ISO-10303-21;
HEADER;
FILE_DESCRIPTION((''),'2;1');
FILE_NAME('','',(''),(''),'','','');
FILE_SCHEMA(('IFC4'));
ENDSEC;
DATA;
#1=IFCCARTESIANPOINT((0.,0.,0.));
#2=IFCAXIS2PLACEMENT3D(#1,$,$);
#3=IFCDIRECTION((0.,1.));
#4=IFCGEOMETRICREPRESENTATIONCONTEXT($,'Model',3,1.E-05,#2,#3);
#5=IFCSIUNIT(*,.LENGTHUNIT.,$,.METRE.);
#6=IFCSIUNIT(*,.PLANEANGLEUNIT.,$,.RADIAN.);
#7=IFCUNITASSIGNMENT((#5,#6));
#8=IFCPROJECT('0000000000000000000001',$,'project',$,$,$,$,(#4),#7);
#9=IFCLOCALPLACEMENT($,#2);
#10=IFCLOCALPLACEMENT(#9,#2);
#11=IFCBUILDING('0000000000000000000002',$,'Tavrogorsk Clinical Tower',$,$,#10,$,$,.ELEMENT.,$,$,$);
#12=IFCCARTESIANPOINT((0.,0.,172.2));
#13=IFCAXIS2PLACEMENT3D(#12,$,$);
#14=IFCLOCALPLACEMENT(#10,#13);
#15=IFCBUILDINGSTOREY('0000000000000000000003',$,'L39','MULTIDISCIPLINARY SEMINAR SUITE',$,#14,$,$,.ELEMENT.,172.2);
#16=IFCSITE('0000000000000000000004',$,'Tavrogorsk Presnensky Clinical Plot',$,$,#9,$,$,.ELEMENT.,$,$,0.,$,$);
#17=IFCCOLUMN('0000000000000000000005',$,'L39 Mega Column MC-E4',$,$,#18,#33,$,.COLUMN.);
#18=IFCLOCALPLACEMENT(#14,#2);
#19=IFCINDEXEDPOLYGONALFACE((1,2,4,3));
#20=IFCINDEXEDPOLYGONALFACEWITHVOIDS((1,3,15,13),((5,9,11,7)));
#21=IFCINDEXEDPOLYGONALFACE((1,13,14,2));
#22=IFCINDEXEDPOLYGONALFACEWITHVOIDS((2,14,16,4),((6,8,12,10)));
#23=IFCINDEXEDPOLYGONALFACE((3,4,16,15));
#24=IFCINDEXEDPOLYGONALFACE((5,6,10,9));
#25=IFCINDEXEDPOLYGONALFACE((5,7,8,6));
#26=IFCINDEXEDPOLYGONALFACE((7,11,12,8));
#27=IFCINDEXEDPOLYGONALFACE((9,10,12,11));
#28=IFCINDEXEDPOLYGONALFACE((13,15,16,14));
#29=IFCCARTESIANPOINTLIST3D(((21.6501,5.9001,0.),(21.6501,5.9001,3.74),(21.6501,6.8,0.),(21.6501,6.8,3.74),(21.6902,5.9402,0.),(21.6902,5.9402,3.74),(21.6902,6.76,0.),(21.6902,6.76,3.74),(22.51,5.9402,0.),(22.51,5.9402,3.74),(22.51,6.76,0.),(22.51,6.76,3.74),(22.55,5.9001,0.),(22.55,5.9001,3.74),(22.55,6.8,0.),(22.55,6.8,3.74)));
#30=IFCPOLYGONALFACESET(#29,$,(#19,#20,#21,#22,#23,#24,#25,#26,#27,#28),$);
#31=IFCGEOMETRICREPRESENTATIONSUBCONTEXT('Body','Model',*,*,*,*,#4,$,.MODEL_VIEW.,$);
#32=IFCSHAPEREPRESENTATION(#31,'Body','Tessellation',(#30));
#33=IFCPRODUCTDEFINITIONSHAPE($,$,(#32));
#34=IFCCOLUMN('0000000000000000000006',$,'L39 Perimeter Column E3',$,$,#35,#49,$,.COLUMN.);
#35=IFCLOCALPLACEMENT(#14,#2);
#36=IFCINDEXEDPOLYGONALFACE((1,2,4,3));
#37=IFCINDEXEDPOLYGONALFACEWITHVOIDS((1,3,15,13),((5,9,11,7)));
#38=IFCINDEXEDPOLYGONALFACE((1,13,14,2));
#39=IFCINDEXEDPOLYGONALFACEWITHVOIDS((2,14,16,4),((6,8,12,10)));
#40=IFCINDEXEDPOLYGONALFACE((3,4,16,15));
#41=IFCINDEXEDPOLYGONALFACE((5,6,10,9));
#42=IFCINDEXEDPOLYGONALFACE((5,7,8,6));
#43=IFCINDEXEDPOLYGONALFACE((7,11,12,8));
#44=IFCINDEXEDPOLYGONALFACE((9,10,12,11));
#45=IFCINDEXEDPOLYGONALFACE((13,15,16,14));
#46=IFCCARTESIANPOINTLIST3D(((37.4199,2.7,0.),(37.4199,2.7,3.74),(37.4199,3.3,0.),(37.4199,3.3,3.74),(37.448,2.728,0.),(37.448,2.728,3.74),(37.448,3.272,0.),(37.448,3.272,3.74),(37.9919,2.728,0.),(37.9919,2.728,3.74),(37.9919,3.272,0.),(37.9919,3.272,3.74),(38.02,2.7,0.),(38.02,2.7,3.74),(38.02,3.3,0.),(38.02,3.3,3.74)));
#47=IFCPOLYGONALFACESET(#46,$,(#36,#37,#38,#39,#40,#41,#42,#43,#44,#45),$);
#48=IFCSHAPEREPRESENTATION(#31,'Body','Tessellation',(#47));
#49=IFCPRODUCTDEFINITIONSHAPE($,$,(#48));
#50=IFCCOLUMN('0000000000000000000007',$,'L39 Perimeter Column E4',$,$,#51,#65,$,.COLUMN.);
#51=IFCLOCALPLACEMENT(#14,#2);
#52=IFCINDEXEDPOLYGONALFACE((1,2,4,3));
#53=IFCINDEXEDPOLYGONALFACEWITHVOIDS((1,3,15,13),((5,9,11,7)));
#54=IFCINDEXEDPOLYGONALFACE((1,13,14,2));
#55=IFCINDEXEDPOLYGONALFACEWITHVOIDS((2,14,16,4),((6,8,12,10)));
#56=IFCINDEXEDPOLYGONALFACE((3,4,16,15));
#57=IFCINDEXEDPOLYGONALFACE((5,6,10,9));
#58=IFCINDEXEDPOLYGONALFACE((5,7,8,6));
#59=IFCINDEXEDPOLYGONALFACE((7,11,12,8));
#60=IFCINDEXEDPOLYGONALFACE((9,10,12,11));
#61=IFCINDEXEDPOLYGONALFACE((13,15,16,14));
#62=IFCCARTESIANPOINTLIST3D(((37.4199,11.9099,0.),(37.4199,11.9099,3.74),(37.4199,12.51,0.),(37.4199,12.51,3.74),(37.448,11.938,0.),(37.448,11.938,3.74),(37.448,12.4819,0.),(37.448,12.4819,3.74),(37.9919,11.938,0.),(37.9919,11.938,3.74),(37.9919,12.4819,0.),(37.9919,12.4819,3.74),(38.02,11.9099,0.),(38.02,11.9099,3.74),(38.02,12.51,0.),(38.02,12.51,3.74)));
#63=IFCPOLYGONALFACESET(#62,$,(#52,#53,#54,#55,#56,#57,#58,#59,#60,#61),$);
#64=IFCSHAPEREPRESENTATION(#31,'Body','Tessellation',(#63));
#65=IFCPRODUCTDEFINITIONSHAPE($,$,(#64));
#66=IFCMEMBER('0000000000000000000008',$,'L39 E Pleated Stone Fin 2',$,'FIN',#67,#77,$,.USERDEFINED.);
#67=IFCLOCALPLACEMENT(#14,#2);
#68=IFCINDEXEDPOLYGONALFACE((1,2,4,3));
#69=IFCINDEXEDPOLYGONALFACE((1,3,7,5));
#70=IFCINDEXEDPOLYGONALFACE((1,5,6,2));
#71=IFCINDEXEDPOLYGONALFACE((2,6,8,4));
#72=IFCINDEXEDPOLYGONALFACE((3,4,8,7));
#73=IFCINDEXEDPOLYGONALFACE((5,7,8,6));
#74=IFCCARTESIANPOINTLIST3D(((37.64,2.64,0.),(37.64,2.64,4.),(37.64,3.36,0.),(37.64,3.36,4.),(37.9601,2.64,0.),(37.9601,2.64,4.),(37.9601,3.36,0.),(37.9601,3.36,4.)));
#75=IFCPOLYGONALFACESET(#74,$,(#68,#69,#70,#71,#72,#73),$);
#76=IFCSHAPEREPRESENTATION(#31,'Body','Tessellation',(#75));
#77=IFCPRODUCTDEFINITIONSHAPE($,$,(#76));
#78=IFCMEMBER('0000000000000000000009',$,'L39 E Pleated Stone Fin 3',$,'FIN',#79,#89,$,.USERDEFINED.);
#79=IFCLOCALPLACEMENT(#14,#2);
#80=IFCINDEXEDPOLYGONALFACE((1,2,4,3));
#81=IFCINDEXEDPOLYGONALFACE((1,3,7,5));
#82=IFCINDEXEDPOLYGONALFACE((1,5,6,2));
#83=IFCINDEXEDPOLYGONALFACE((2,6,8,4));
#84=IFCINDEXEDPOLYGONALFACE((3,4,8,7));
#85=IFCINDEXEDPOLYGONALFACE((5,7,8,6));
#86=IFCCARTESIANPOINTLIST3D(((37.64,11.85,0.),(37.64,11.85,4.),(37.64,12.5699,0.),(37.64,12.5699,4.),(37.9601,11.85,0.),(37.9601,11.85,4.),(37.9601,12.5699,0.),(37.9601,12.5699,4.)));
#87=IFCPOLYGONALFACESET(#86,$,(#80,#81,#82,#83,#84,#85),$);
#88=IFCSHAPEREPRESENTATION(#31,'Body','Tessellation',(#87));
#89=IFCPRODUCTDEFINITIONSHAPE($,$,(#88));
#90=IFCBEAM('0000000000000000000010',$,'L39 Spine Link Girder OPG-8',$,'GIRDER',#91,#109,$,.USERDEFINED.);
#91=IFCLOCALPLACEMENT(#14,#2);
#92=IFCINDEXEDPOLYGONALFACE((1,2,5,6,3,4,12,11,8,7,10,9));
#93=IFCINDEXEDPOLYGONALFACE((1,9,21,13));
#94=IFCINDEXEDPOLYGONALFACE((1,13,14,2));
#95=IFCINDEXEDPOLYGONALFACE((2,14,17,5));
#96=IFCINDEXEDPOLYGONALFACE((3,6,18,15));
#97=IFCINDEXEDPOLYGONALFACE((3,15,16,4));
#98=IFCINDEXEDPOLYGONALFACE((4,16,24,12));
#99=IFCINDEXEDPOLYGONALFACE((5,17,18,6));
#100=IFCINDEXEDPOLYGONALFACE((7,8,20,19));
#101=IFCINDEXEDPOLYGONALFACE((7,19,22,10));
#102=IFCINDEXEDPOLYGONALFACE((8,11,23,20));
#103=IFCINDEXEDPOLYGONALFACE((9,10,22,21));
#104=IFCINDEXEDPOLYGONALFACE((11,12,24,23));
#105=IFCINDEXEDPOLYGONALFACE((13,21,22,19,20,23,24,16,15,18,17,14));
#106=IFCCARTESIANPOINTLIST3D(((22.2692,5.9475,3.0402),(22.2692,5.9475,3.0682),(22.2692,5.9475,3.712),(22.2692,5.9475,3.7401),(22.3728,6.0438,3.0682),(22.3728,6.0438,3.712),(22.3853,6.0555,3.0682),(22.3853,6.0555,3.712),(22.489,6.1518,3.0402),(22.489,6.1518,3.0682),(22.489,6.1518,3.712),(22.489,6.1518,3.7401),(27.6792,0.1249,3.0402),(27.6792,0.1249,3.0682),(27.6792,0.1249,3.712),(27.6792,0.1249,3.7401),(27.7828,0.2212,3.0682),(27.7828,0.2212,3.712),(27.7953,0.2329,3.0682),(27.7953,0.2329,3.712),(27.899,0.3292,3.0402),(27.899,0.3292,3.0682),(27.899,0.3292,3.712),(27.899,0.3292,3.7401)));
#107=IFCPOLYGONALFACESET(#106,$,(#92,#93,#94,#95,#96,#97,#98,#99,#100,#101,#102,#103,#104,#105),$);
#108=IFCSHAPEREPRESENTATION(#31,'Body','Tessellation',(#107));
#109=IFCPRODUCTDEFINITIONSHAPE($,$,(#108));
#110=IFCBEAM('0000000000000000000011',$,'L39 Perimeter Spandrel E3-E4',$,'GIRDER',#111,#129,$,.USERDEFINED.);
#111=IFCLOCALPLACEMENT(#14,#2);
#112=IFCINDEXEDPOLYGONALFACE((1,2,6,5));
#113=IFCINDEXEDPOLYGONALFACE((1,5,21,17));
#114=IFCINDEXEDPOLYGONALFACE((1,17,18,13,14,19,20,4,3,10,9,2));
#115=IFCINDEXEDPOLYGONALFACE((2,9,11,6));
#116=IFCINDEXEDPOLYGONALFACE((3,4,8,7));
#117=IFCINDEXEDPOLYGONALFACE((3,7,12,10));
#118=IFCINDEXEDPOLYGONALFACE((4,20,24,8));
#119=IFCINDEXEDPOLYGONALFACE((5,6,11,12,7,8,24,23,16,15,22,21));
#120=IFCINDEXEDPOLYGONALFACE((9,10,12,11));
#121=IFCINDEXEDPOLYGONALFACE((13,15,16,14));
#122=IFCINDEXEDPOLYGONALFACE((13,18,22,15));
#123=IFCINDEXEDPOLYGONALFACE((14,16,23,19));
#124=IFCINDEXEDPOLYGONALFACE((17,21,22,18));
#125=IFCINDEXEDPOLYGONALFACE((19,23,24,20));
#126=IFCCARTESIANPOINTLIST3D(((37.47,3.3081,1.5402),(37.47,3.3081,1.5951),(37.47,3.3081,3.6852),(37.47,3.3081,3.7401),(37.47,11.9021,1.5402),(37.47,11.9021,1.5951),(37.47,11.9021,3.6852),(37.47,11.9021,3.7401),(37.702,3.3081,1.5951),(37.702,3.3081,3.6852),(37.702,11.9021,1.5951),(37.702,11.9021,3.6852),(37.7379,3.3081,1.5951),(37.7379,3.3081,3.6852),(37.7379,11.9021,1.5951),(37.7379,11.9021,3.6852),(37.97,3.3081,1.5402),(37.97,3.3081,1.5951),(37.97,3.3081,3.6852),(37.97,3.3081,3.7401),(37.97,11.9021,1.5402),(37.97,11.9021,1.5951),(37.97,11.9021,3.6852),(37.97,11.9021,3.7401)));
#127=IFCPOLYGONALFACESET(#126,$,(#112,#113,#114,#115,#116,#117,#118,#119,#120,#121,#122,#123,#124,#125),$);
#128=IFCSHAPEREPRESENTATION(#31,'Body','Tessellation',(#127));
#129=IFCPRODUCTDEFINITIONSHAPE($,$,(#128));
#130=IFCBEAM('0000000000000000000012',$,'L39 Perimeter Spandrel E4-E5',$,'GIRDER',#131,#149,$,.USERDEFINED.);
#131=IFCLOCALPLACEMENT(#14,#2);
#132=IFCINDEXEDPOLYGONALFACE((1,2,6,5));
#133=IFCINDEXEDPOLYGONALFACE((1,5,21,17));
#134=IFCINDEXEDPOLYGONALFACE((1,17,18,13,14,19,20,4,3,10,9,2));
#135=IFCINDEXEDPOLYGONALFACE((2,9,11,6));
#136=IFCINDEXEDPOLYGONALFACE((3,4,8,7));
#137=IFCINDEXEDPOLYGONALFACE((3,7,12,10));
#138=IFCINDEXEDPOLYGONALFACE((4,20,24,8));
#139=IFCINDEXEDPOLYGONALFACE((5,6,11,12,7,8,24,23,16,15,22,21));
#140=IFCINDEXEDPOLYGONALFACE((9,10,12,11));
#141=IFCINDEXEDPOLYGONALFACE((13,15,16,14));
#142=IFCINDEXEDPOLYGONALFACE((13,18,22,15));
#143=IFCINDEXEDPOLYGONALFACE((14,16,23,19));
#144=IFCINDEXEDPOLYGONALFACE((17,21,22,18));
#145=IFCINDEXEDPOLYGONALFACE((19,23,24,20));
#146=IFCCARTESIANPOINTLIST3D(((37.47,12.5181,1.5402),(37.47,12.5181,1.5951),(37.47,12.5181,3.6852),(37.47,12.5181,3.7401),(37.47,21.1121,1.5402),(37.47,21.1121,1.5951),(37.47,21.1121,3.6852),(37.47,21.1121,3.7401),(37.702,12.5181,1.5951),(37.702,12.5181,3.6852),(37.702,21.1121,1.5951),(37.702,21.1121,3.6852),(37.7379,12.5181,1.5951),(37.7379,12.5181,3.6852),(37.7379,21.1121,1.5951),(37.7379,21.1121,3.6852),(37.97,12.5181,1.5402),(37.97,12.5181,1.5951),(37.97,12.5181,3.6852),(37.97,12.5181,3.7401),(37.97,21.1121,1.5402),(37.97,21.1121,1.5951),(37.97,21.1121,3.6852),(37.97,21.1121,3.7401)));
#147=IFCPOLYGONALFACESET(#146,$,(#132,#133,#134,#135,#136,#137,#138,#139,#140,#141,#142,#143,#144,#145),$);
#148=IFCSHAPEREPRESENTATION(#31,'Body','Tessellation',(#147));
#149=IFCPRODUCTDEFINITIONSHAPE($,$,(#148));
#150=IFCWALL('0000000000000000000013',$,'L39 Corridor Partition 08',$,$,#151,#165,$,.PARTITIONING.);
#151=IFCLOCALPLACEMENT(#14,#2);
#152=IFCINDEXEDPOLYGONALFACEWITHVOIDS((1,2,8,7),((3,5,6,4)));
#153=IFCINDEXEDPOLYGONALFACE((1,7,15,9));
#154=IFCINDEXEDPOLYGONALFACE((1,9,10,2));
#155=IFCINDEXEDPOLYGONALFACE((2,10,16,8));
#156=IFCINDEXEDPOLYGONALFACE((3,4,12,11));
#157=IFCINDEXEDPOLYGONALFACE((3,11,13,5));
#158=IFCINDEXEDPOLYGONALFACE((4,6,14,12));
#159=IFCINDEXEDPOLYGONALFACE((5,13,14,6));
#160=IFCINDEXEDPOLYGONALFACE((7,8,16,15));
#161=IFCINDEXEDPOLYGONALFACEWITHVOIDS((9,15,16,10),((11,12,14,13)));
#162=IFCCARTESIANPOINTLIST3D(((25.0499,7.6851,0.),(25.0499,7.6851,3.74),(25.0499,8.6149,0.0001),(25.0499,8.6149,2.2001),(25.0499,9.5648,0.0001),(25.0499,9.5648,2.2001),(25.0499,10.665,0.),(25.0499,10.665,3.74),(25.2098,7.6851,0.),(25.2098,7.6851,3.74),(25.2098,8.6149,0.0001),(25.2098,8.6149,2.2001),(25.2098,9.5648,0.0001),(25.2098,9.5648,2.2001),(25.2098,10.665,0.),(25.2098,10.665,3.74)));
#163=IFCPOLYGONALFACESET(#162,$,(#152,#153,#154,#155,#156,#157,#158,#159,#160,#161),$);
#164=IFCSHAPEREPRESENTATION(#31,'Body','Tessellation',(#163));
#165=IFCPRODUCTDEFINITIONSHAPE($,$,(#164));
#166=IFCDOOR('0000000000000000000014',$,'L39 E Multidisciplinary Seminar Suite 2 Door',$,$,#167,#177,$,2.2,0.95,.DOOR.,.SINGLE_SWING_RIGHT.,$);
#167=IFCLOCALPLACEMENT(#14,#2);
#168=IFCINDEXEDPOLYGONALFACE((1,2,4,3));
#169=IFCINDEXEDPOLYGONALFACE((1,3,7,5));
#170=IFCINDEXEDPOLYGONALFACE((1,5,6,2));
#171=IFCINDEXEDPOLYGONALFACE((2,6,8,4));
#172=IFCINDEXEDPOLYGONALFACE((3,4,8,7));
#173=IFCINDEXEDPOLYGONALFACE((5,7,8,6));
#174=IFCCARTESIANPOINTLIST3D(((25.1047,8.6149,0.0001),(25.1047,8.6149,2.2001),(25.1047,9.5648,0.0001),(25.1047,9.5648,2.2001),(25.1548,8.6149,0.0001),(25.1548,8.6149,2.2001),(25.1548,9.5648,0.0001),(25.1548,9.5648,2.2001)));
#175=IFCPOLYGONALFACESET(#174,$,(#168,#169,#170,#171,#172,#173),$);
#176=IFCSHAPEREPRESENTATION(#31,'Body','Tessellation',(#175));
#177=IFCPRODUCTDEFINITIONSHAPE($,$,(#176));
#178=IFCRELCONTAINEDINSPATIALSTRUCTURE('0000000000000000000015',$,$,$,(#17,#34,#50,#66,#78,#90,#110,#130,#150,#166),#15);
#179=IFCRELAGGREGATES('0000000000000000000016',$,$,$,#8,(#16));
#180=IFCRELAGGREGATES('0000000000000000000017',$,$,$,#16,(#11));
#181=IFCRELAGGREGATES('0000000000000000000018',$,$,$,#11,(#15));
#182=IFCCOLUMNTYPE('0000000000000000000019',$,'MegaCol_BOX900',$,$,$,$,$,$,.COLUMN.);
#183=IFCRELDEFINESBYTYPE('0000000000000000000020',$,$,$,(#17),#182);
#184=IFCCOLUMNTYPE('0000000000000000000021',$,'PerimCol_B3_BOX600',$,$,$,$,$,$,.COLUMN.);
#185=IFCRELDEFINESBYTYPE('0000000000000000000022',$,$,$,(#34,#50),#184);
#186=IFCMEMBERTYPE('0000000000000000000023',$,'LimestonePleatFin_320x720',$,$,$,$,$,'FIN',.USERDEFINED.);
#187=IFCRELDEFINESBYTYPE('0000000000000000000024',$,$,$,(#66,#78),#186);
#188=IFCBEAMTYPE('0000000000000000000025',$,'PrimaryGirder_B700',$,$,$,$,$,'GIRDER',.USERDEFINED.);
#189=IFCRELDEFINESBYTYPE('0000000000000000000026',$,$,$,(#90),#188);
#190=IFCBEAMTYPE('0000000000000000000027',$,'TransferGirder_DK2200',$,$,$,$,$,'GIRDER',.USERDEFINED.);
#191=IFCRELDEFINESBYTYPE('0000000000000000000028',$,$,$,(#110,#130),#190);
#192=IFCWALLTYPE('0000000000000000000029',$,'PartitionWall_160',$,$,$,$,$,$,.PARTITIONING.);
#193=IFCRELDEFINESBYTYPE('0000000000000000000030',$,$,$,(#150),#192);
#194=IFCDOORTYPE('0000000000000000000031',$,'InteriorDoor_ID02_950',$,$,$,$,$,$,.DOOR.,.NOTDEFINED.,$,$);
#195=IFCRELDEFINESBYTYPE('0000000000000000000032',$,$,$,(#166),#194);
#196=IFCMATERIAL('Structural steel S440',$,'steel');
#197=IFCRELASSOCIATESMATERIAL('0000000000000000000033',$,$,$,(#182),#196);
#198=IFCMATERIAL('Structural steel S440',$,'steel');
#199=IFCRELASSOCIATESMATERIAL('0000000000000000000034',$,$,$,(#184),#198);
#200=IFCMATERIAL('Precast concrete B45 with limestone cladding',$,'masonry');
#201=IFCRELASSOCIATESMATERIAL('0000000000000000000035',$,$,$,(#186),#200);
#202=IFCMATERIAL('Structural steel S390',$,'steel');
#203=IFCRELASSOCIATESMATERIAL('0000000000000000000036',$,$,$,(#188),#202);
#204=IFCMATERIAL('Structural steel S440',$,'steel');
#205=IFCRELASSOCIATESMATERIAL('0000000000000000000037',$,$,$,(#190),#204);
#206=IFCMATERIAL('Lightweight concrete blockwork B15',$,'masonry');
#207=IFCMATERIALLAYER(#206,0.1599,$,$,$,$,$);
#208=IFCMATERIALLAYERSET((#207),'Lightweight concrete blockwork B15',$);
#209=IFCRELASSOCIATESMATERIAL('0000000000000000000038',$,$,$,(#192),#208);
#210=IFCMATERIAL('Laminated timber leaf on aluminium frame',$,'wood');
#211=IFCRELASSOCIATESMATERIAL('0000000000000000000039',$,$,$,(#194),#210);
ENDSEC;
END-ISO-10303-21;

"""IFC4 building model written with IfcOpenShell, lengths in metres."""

from ifc_helpers import new_model, si_unit, direction, frame, frame_2d, origin, origin_2d, place, context, subcontext, project, spatial, rectangle, hollow_rectangle, i_section, extrude, material, layer, layer_set, material_profile, profile_set, type_object, element, fill, save


model = new_model("IFC4")

# Units and contexts
model_context = context("Model", 3, precision=1e-05, world=origin(), true_north=direction((0.0, 1.0)))
body_context = subcontext(model_context, "Body", "Model", "MODEL_VIEW")
ifc_project = project(units=[si_unit("LENGTHUNIT", "METRE"), si_unit("PLANEANGLEUNIT", "RADIAN")], contexts=[model_context])

# Site, building, storey
site_placement = place(None, origin())
site = spatial("IfcSite", under=ifc_project, at=site_placement, Name="Tavrogorsk Presnensky Clinical Plot", CompositionType="ELEMENT", RefElevation=0.0)
building_placement = place(site_placement, origin())
building = spatial("IfcBuilding", under=site, at=building_placement, Name="Tavrogorsk Clinical Tower", CompositionType="ELEMENT")
storey_placement = place(building_placement, frame((0.0, 0.0, 172.2)))
storey = spatial("IfcBuildingStorey", under=building, at=storey_placement, Name="L39", Description="MULTIDISCIPLINARY SEMINAR SUITE", CompositionType="ELEMENT", Elevation=172.2)

# Columns
ifc_material_1 = material(Name="Structural steel S440", Category="steel")
ifc_material_profile_1 = material_profile(ifc_material_1, hollow_rectangle(XDim=0.8999, YDim=0.8999, WallThickness=0.04, at=origin_2d()), Name="BOX-900x900x40")
ifc_profile_set_1 = profile_set([ifc_material_profile_1], Name="Structural steel S440")
column_type_1 = type_object("IfcColumnType", Name="MegaCol_BOX900", PredefinedType="COLUMN", material=ifc_profile_set_1)
column_placement = place(storey_placement, frame((22.1001, 6.3501, 0.0), z_axis=(0.0, 0.0, 1.0), x_axis=(1.0, 0.0, 0.0)))
element("IfcColumn", 1, at=column_placement, inside=storey, type_object=column_type_1, Name="L39 Mega Column MC-E4", PredefinedType="COLUMN", context=body_context, shape_type="SweptSolid", body=[
    extrude(hollow_rectangle(XDim=0.8999, YDim=0.8999, WallThickness=0.04, at=origin_2d()), origin(), (0.0, 0.0, 1.0), 3.74),
])
ifc_material_2 = material(Name="Structural steel S440", Category="steel")
ifc_material_profile_2 = material_profile(ifc_material_2, hollow_rectangle(XDim=0.6001, YDim=0.6001, WallThickness=0.0281, at=origin_2d()), Name="BOX-600x600x28")
ifc_profile_set_2 = profile_set([ifc_material_profile_2], Name="Structural steel S440")
column_type_2 = type_object("IfcColumnType", Name="PerimCol_B3_BOX600", PredefinedType="COLUMN", material=ifc_profile_set_2)
for number, where, z_axis, x_axis, name in (
    (2, (37.72, 3.0, 0.0), (0.0, 0.0, 1.0), (1.0, 0.0, 0.0), "L39 Perimeter Column E3"),
    (3, (37.72, 12.21, 0.0), (0.0, 0.0, 1.0), (1.0, 0.0, 0.0), "L39 Perimeter Column E4"),
):
    element("IfcColumn", number, at=place(storey_placement, frame(where, z_axis=z_axis, x_axis=x_axis)), inside=storey, type_object=column_type_2, Name=name, PredefinedType="COLUMN", context=body_context, shape_type="SweptSolid", body=[
        extrude(hollow_rectangle(XDim=0.6001, YDim=0.6001, WallThickness=0.0281, at=origin_2d()), origin(), (0.0, 0.0, 1.0), 3.74),
    ])

# Members
ifc_material_3 = material(Name="Precast concrete B45 with limestone cladding", Category="masonry")
ifc_material_profile_3 = material_profile(ifc_material_3, rectangle(XDim=0.3201, YDim=0.72, at=origin_2d()), Name="LIMESTONE-FIN-320x720")
ifc_profile_set_3 = profile_set([ifc_material_profile_3], Name="Precast concrete B45 with limestone cladding")
member_type = type_object("IfcMemberType", Name="LimestonePleatFin_320x720", ElementType="FIN", PredefinedType="USERDEFINED", material=ifc_profile_set_3)
for number, where, z_axis, x_axis, name in (
    (4, (37.8, 3.0, 0.0), (0.0, 0.0, 1.0), (1.0, 0.0, 0.0), "L39 E Pleated Stone Fin 2"),
    (5, (37.8, 12.21, 0.0), (0.0, 0.0, 1.0), (1.0, 0.0, 0.0), "L39 E Pleated Stone Fin 3"),
):
    element("IfcMember", number, at=place(storey_placement, frame(where, z_axis=z_axis, x_axis=x_axis)), inside=storey, type_object=member_type, Name=name, ObjectType="FIN", PredefinedType="USERDEFINED", context=body_context, shape_type="SweptSolid", body=[
        extrude(rectangle(XDim=0.3201, YDim=0.72, at=origin_2d()), origin(), (0.0, 0.0, 1.0), 4.0),
    ])

# Beams
ifc_material_4 = material(Name="Structural steel S390", Category="steel")
ifc_material_profile_4 = material_profile(ifc_material_4, i_section(OverallWidth=0.3, OverallDepth=0.7, WebThickness=0.0171, FlangeThickness=0.0281, at=origin_2d()), Name="B-700x300x17x28")
ifc_profile_set_4 = profile_set([ifc_material_profile_4], Name="Structural steel S390")
beam_type_1 = type_object("IfcBeamType", Name="PrimaryGirder_B700", ElementType="GIRDER", PredefinedType="USERDEFINED", material=ifc_profile_set_4)
beam_placement = place(storey_placement, frame((27.7891, 0.2271, 3.3901), z_axis=(-0.680674, 0.732587, 0.0), x_axis=(-0.732587, -0.680674, 0.0)))
element("IfcBeam", 6, at=beam_placement, inside=storey, type_object=beam_type_1, Name="L39 Spine Link Girder OPG-8", ObjectType="GIRDER", PredefinedType="USERDEFINED", context=body_context, shape_type="SweptSolid", body=[
    extrude(i_section(OverallWidth=0.3, OverallDepth=0.7, WebThickness=0.0171, FlangeThickness=0.0281, at=origin_2d()), origin(), (0.0, 0.0, 1.0), 7.948),
])
ifc_material_5 = material(Name="Structural steel S440", Category="steel")
ifc_material_profile_5 = material_profile(ifc_material_5, i_section(OverallWidth=0.5, OverallDepth=2.2, WebThickness=0.0359, FlangeThickness=0.0549, at=origin_2d()), Name="DK-2200x500x36x55")
ifc_profile_set_5 = profile_set([ifc_material_profile_5], Name="Structural steel S440")
beam_type_2 = type_object("IfcBeamType", Name="TransferGirder_DK2200", ElementType="GIRDER", PredefinedType="USERDEFINED", material=ifc_profile_set_5)
for number, where, z_axis, x_axis, name in (
    (7, (37.72, 3.3081, 2.6401), (0.0, 1.0, 0.0), (-1.0, 0.0, 0.0), "L39 Perimeter Spandrel E3-E4"),
    (8, (37.72, 12.5181, 2.6401), (0.0, 1.0, 0.0), (-1.0, 0.0, 0.0), "L39 Perimeter Spandrel E4-E5"),
):
    element("IfcBeam", number, at=place(storey_placement, frame(where, z_axis=z_axis, x_axis=x_axis)), inside=storey, type_object=beam_type_2, Name=name, ObjectType="GIRDER", PredefinedType="USERDEFINED", context=body_context, shape_type="SweptSolid", body=[
        extrude(i_section(OverallWidth=0.5, OverallDepth=2.2, WebThickness=0.0359, FlangeThickness=0.0549, at=origin_2d()), origin(), (0.0, 0.0, 1.0), 8.594),
    ])

# Wall, opening, door
ifc_material_6 = material(Name="Lightweight concrete blockwork B15", Category="masonry")
ifc_layer_1 = layer(ifc_material_6, 0.1599)
ifc_layer_set_1 = layer_set([ifc_layer_1], Name="Lightweight concrete blockwork B15")
wall_type_1 = type_object("IfcWallType", Name="PartitionWall_160", PredefinedType="PARTITIONING", material=ifc_layer_set_1)
wall_1_placement = place(storey_placement, frame((25.1299, 10.665, 0.0), z_axis=(0.0, 0.0, 1.0), x_axis=(0.0, -1.0, 0.0)))
wall_1 = element("IfcWall", 9, at=wall_1_placement, inside=storey, type_object=wall_type_1, Name="L39 Corridor Partition 08", PredefinedType="PARTITIONING", context=body_context, shape_type="SweptSolid", body=[
    extrude(rectangle(XDim=2.98, YDim=0.1599, at=frame_2d((1.49, 0.0))), origin(), (0.0, 0.0, 1.0), 3.74),
])
opening_1_placement = place(wall_1_placement, frame((1.1001, 0.0, 0.0)))
opening_1 = element("IfcOpeningElement", 10, at=opening_1_placement, cuts=wall_1, PredefinedType="OPENING", context=body_context, shape_type="SweptSolid", body=[
    extrude(rectangle(XDim=0.95, YDim=2.2, at=frame_2d((0.4751, 1.1001))), frame((0.0, 0.0898, 0.0), z_axis=(0.0, -1.0, 0.0), x_axis=(1.0, 0.0, 0.0)), (0.0, 0.0, 1.0), 0.1799),
])
ifc_material_7 = material(Name="Laminated timber leaf on aluminium frame", Category="wood")
door_type_1 = type_object("IfcDoorType", Name="InteriorDoor_ID02_950", OperationType="NOTDEFINED", PredefinedType="DOOR", material=ifc_material_7)
door_1_placement = place(opening_1_placement, origin())
door_1 = element("IfcDoor", 11, at=door_1_placement, inside=storey, type_object=door_type_1, Name="L39 E Multidisciplinary Seminar Suite 2 Door", OperationType="SINGLE_SWING_RIGHT", OverallHeight=2.2, OverallWidth=0.95, PredefinedType="DOOR", context=body_context, shape_type="SweptSolid", body=[
    extrude(rectangle(XDim=0.95, YDim=2.2, at=frame_2d((0.4751, 1.1001))), frame((0.0, 0.0249, 0.0), z_axis=(0.0, -1.0, 0.0), x_axis=(1.0, 0.0, 0.0)), (0.0, 0.0, 1.0), 0.05),
])
fill(opening_1, door_1)

save(model, "model.ifc")
